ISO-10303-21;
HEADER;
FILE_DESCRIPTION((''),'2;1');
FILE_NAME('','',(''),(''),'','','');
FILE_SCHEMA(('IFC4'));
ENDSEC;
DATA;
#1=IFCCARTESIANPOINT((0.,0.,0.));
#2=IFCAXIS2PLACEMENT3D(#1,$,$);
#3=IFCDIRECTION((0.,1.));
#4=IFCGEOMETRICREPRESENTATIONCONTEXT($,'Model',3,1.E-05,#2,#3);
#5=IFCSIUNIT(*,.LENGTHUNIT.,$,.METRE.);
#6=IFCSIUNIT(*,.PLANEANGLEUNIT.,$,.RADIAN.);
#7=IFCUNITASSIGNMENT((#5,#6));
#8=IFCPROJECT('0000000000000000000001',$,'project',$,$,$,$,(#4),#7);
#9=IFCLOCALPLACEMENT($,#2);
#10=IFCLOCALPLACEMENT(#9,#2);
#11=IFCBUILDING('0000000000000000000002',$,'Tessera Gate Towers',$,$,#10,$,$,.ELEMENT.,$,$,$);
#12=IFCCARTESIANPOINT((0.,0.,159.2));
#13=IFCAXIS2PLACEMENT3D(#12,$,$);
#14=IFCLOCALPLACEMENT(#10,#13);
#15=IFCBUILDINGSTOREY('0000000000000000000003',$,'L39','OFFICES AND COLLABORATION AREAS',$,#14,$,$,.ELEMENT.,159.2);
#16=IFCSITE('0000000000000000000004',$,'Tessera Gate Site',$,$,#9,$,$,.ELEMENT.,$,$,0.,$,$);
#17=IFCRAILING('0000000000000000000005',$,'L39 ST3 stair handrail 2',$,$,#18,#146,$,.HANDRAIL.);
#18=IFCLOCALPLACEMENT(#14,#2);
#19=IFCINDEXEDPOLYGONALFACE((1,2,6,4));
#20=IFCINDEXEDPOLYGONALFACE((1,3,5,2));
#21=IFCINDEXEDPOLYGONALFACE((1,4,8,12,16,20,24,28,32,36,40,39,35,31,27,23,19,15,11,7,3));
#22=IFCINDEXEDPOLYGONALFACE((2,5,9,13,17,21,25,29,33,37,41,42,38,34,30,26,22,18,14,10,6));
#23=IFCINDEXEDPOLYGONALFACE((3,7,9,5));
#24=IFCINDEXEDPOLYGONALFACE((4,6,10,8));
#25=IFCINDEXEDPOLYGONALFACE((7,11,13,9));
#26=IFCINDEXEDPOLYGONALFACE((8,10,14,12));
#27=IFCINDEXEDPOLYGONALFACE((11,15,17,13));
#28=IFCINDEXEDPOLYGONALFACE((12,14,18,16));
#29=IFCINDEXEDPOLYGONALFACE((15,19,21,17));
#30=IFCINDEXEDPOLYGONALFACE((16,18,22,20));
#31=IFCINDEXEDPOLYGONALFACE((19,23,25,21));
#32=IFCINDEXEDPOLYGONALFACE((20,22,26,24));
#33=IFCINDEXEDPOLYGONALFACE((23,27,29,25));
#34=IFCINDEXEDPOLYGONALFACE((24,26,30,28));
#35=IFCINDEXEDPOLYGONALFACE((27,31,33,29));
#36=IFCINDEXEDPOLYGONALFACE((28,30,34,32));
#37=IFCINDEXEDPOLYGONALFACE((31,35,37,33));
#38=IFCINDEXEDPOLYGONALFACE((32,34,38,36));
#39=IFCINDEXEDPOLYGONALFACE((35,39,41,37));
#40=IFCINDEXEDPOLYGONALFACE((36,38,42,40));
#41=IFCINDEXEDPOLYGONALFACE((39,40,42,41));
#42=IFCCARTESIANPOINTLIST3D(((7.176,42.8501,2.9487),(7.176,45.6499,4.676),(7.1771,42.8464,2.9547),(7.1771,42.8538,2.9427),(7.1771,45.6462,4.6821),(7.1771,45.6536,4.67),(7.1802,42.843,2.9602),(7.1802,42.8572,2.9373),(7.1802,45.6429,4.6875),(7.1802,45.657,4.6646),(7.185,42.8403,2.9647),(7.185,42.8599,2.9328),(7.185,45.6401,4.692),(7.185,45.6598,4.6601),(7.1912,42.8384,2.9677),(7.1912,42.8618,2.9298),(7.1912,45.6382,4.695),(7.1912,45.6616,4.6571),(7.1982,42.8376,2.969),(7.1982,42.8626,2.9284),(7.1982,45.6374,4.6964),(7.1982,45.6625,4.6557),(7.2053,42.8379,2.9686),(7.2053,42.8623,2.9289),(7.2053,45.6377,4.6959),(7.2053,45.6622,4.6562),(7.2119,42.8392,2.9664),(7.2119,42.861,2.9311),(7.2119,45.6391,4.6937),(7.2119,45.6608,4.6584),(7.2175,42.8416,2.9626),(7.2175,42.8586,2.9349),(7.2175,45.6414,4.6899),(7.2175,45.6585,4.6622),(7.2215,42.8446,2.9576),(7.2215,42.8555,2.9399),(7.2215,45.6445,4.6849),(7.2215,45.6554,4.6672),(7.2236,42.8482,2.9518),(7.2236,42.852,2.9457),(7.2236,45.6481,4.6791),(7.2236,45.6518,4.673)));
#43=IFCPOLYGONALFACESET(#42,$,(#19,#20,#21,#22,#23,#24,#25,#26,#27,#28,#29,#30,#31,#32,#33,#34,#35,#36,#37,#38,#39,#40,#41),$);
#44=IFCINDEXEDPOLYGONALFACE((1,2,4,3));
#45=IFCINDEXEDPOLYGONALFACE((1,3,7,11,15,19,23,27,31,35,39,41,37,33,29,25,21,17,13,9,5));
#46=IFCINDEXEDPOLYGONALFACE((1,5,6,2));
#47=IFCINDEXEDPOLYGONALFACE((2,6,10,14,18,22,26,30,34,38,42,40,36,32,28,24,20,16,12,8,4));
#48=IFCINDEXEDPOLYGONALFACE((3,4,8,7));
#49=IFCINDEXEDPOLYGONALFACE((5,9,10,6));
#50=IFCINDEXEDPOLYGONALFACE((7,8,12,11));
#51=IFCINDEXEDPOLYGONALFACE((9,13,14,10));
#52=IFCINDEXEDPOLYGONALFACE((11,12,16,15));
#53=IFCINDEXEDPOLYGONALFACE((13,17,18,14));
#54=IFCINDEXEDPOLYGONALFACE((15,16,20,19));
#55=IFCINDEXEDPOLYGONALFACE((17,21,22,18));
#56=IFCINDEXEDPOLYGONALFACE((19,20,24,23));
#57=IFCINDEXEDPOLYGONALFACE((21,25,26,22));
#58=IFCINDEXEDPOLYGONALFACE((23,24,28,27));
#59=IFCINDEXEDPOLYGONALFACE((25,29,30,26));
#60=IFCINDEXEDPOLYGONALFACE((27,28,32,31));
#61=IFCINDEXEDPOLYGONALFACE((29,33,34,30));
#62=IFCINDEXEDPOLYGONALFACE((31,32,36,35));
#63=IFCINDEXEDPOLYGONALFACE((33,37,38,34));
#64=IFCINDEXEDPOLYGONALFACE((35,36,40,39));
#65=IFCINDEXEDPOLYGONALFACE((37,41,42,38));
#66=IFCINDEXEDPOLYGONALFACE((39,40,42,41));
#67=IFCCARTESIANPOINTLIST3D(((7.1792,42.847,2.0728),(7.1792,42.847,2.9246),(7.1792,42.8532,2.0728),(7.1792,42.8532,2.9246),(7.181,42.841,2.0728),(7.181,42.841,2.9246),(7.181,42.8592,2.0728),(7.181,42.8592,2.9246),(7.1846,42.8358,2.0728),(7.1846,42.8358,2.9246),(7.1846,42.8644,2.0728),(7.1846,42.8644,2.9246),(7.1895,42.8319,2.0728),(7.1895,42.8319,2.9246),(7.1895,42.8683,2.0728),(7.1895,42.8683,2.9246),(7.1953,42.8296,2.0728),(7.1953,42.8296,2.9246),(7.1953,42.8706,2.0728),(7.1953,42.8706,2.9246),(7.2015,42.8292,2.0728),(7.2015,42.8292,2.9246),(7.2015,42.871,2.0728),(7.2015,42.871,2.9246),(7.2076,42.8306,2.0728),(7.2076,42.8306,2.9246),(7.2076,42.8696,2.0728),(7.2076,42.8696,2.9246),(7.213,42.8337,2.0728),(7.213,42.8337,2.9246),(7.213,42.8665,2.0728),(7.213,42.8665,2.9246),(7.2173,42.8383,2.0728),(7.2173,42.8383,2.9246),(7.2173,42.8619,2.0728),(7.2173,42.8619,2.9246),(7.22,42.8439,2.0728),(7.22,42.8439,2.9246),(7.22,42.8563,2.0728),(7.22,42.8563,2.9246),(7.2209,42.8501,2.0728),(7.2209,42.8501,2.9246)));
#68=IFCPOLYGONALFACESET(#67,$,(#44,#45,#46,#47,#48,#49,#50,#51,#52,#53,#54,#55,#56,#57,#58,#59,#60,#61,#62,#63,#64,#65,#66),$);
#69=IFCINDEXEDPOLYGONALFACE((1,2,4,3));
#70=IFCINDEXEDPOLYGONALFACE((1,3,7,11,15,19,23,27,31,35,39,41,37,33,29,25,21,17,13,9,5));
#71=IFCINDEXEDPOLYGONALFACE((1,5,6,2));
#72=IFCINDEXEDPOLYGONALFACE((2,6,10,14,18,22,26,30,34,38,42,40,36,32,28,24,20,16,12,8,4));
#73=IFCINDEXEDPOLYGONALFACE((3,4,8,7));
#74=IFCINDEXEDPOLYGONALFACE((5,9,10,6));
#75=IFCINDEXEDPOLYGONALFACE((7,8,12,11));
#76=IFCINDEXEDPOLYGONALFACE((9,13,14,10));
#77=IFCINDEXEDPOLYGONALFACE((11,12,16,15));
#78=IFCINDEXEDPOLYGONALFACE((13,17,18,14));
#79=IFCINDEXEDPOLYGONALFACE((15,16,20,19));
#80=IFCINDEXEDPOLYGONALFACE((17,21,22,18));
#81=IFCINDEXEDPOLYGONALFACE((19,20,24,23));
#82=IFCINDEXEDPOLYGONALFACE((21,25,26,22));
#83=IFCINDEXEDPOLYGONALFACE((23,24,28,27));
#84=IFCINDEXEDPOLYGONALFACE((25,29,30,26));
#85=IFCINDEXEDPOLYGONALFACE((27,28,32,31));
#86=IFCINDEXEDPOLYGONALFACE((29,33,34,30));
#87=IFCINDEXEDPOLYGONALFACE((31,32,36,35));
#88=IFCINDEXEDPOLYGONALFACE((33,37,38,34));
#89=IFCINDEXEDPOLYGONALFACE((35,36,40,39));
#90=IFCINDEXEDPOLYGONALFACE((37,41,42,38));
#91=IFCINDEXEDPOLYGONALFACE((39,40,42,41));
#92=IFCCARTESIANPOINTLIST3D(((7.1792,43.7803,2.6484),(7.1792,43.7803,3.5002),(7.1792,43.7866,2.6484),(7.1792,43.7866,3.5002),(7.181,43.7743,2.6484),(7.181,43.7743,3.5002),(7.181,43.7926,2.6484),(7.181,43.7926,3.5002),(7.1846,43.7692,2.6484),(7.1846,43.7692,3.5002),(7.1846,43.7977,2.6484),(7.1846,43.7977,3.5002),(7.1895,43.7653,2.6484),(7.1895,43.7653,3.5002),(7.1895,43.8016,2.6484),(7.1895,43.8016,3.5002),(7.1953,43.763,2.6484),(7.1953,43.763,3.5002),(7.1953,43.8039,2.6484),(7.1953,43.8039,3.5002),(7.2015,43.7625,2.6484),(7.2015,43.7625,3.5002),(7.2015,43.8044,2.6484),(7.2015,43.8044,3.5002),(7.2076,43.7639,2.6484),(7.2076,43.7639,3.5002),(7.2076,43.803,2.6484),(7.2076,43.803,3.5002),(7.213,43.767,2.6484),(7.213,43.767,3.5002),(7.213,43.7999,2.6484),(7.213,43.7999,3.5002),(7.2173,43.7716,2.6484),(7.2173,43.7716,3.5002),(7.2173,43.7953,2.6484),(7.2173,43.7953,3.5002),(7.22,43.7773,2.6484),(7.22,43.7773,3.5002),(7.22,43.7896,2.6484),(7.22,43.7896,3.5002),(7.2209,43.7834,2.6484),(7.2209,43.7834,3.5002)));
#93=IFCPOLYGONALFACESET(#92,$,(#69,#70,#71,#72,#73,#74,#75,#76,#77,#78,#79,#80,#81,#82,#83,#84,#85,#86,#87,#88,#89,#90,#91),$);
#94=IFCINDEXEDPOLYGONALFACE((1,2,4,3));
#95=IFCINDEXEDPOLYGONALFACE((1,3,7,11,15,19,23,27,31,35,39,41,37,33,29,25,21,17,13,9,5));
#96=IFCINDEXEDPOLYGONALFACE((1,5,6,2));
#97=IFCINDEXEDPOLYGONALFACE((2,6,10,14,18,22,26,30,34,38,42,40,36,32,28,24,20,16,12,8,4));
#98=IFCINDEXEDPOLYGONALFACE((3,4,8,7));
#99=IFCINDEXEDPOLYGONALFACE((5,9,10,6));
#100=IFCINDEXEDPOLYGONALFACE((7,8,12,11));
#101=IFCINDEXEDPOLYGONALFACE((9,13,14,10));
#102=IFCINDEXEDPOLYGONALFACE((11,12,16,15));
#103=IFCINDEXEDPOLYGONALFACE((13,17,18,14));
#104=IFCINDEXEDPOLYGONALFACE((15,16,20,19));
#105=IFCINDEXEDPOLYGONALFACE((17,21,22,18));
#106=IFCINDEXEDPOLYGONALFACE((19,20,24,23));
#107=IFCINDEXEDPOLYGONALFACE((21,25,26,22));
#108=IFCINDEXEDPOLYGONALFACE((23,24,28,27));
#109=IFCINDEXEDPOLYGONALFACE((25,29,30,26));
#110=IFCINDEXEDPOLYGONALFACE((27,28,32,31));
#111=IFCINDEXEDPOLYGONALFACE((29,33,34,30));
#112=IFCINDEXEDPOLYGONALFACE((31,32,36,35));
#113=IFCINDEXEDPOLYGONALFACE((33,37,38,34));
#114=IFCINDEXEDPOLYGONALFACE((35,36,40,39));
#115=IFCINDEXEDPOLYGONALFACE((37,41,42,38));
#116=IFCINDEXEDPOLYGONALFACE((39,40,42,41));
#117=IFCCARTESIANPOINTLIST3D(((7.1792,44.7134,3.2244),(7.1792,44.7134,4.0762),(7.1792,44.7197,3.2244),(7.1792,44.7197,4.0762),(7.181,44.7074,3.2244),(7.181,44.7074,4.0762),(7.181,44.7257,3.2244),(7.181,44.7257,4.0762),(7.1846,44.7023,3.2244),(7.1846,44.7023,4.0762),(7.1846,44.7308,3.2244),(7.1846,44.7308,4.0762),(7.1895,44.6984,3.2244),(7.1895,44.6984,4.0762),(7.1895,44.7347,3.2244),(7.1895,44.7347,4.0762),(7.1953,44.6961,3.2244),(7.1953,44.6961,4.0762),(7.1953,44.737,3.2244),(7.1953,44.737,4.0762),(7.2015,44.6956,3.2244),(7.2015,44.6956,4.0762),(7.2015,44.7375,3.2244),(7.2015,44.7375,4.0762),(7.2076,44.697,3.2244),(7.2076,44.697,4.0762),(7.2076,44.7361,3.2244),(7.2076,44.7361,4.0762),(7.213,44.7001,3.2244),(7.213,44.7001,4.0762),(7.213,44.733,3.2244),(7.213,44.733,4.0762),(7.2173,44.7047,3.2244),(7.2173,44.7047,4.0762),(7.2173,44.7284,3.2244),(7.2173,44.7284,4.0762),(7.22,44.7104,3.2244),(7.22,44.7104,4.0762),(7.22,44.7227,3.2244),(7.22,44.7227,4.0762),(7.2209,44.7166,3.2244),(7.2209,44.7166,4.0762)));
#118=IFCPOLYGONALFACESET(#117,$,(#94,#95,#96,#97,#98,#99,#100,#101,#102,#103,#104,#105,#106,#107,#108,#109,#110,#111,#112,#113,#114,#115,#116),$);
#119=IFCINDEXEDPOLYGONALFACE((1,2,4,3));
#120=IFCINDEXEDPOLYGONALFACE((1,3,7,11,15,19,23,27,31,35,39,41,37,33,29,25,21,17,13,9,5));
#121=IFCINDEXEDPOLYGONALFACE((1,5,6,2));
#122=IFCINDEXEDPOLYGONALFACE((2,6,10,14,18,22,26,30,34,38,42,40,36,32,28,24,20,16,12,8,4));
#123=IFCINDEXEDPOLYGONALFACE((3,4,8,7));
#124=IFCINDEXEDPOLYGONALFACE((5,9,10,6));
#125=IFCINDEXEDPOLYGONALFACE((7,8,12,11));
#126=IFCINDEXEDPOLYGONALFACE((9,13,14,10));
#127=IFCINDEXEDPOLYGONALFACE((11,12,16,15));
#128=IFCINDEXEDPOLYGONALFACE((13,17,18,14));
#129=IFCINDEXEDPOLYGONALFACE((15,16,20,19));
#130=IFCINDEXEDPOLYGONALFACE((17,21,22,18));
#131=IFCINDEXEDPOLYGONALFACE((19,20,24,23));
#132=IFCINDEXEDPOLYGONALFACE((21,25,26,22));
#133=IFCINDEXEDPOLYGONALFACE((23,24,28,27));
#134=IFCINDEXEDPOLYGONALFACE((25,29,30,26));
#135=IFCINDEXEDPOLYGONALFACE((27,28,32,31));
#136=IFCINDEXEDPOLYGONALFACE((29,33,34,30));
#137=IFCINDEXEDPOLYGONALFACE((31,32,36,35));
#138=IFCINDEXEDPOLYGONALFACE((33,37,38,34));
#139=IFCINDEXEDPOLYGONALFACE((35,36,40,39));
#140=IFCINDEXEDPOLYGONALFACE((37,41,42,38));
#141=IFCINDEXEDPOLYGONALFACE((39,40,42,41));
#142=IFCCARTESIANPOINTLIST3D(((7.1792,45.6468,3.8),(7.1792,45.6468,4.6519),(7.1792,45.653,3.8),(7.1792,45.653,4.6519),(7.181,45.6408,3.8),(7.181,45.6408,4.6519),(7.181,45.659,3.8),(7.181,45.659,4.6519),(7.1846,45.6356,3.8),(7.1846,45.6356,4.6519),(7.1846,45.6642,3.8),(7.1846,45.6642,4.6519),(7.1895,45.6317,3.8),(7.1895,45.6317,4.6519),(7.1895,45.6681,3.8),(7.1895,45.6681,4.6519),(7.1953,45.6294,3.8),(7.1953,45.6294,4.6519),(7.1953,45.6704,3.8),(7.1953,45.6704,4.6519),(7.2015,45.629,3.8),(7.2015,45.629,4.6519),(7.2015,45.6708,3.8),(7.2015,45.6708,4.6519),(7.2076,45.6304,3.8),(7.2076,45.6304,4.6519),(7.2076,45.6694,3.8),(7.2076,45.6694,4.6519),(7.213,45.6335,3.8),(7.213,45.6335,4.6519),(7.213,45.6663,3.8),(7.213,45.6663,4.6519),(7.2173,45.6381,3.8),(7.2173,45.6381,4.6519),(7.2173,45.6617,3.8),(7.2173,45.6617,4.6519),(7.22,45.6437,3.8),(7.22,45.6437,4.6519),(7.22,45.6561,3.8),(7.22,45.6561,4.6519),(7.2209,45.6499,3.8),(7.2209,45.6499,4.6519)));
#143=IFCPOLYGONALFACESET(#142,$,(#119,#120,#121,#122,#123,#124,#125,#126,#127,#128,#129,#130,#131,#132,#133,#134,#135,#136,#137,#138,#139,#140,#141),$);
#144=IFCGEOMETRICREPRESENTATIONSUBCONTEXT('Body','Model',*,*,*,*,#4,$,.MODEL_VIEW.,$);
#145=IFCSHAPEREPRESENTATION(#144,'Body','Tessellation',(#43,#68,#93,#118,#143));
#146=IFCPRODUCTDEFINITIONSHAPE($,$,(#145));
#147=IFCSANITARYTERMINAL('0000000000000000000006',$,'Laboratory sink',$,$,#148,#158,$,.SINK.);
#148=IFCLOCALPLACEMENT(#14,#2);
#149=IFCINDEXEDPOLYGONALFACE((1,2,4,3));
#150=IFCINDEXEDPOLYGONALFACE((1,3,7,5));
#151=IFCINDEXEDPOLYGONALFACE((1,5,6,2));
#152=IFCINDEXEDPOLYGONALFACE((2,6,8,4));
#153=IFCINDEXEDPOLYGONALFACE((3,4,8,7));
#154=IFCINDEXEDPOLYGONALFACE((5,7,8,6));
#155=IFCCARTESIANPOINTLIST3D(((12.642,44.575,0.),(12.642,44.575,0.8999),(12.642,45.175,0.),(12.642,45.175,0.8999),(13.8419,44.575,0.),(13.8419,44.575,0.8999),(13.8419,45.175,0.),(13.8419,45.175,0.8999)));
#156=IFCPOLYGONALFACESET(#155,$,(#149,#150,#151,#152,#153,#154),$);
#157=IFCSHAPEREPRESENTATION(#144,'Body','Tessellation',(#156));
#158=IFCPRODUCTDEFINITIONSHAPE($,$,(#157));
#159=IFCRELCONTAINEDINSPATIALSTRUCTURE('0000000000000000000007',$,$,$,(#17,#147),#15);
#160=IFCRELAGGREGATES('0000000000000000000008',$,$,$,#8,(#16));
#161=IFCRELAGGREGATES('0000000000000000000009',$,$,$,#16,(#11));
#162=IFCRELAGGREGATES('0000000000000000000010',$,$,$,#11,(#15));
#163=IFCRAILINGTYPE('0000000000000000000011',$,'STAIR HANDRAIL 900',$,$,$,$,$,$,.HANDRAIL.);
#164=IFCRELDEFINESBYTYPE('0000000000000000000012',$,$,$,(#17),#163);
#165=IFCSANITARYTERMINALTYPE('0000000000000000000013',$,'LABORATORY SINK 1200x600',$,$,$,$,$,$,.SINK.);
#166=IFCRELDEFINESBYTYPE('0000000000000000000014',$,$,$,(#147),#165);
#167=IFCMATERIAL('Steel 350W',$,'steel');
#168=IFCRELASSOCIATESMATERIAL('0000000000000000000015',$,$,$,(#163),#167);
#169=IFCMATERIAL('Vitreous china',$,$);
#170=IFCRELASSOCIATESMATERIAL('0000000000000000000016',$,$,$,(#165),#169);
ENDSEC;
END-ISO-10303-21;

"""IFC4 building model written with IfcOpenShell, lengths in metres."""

from ifc_helpers import new_model, si_unit, direction, frame, origin, origin_2d, place, context, subcontext, project, spatial, rectangle, circle, extrude, material, type_object, element, save


model = new_model("IFC4")

# Units and contexts
model_context = context("Model", 3, precision=1e-05, world=origin(), true_north=direction((0.0, 1.0)))
body_context = subcontext(model_context, "Body", "Model", "MODEL_VIEW")
ifc_project = project(units=[si_unit("LENGTHUNIT", "METRE"), si_unit("PLANEANGLEUNIT", "RADIAN")], contexts=[model_context])

# Site, building, storey
site_placement = place(None, origin())
site = spatial("IfcSite", under=ifc_project, at=site_placement, Name="Tessera Gate Site", CompositionType="ELEMENT", RefElevation=0.0)
building_placement = place(site_placement, origin())
building = spatial("IfcBuilding", under=site, at=building_placement, Name="Tessera Gate Towers", CompositionType="ELEMENT")
storey_placement = place(building_placement, frame((0.0, 0.0, 159.2)))
storey = spatial("IfcBuildingStorey", under=building, at=storey_placement, Name="L39", Description="OFFICES AND COLLABORATION AREAS", CompositionType="ELEMENT", Elevation=159.2)

# Railing
ifc_material_1 = material(Name="Steel 350W", Category="steel")
railing_type = type_object("IfcRailingType", Name="STAIR HANDRAIL 900", PredefinedType="HANDRAIL", material=ifc_material_1)
railing_1_placement = place(storey_placement, frame((7.2, 42.8501, 2.0728)))
element("IfcRailing", 1, at=railing_1_placement, inside=storey, type_object=railing_type, Name="L39 ST3 stair handrail 2", PredefinedType="HANDRAIL", context=body_context, shape_type="SweptSolid", body=[
    extrude(circle(Radius=0.0239, at=origin_2d()), frame((0.0, 0.0, 0.876), z_axis=(0.0, 0.851069, 0.525054), x_axis=(-1.0, 0.0, 0.0)), (0.0, 0.0, 1.0), 3.2898),
    extrude(circle(Radius=0.021, at=origin_2d()), origin(), (0.0, 0.0, 1.0), 0.8518),
    extrude(circle(Radius=0.021, at=origin_2d()), frame((0.0, 0.9333, 0.5757)), (0.0, 0.0, 1.0), 0.8518),
    extrude(circle(Radius=0.021, at=origin_2d()), frame((0.0, 1.8665, 1.1516)), (0.0, 0.0, 1.0), 0.8518),
    extrude(circle(Radius=0.021, at=origin_2d()), frame((0.0, 2.7998, 1.7273)), (0.0, 0.0, 1.0), 0.8518),
])

# Sanitary terminal
ifc_material_2 = material(Name="Vitreous china")
sanitary_terminal_type = type_object("IfcSanitaryTerminalType", Name="LABORATORY SINK 1200x600", PredefinedType="SINK", material=ifc_material_2)
sanitary_terminal_placement = place(storey_placement, frame((13.2419, 44.875, 0.0), z_axis=(0.0, 0.0, 1.0), x_axis=(1.0, 0.0, 0.0)))
element("IfcSanitaryTerminal", 2, at=sanitary_terminal_placement, inside=storey, type_object=sanitary_terminal_type, Name="Laboratory sink", PredefinedType="SINK", context=body_context, shape_type="SweptSolid", body=[
    extrude(rectangle(XDim=1.2, YDim=0.6001, at=origin_2d()), origin(), (0.0, 0.0, 1.0), 0.8999),
])

save(model, "model.ifc")
